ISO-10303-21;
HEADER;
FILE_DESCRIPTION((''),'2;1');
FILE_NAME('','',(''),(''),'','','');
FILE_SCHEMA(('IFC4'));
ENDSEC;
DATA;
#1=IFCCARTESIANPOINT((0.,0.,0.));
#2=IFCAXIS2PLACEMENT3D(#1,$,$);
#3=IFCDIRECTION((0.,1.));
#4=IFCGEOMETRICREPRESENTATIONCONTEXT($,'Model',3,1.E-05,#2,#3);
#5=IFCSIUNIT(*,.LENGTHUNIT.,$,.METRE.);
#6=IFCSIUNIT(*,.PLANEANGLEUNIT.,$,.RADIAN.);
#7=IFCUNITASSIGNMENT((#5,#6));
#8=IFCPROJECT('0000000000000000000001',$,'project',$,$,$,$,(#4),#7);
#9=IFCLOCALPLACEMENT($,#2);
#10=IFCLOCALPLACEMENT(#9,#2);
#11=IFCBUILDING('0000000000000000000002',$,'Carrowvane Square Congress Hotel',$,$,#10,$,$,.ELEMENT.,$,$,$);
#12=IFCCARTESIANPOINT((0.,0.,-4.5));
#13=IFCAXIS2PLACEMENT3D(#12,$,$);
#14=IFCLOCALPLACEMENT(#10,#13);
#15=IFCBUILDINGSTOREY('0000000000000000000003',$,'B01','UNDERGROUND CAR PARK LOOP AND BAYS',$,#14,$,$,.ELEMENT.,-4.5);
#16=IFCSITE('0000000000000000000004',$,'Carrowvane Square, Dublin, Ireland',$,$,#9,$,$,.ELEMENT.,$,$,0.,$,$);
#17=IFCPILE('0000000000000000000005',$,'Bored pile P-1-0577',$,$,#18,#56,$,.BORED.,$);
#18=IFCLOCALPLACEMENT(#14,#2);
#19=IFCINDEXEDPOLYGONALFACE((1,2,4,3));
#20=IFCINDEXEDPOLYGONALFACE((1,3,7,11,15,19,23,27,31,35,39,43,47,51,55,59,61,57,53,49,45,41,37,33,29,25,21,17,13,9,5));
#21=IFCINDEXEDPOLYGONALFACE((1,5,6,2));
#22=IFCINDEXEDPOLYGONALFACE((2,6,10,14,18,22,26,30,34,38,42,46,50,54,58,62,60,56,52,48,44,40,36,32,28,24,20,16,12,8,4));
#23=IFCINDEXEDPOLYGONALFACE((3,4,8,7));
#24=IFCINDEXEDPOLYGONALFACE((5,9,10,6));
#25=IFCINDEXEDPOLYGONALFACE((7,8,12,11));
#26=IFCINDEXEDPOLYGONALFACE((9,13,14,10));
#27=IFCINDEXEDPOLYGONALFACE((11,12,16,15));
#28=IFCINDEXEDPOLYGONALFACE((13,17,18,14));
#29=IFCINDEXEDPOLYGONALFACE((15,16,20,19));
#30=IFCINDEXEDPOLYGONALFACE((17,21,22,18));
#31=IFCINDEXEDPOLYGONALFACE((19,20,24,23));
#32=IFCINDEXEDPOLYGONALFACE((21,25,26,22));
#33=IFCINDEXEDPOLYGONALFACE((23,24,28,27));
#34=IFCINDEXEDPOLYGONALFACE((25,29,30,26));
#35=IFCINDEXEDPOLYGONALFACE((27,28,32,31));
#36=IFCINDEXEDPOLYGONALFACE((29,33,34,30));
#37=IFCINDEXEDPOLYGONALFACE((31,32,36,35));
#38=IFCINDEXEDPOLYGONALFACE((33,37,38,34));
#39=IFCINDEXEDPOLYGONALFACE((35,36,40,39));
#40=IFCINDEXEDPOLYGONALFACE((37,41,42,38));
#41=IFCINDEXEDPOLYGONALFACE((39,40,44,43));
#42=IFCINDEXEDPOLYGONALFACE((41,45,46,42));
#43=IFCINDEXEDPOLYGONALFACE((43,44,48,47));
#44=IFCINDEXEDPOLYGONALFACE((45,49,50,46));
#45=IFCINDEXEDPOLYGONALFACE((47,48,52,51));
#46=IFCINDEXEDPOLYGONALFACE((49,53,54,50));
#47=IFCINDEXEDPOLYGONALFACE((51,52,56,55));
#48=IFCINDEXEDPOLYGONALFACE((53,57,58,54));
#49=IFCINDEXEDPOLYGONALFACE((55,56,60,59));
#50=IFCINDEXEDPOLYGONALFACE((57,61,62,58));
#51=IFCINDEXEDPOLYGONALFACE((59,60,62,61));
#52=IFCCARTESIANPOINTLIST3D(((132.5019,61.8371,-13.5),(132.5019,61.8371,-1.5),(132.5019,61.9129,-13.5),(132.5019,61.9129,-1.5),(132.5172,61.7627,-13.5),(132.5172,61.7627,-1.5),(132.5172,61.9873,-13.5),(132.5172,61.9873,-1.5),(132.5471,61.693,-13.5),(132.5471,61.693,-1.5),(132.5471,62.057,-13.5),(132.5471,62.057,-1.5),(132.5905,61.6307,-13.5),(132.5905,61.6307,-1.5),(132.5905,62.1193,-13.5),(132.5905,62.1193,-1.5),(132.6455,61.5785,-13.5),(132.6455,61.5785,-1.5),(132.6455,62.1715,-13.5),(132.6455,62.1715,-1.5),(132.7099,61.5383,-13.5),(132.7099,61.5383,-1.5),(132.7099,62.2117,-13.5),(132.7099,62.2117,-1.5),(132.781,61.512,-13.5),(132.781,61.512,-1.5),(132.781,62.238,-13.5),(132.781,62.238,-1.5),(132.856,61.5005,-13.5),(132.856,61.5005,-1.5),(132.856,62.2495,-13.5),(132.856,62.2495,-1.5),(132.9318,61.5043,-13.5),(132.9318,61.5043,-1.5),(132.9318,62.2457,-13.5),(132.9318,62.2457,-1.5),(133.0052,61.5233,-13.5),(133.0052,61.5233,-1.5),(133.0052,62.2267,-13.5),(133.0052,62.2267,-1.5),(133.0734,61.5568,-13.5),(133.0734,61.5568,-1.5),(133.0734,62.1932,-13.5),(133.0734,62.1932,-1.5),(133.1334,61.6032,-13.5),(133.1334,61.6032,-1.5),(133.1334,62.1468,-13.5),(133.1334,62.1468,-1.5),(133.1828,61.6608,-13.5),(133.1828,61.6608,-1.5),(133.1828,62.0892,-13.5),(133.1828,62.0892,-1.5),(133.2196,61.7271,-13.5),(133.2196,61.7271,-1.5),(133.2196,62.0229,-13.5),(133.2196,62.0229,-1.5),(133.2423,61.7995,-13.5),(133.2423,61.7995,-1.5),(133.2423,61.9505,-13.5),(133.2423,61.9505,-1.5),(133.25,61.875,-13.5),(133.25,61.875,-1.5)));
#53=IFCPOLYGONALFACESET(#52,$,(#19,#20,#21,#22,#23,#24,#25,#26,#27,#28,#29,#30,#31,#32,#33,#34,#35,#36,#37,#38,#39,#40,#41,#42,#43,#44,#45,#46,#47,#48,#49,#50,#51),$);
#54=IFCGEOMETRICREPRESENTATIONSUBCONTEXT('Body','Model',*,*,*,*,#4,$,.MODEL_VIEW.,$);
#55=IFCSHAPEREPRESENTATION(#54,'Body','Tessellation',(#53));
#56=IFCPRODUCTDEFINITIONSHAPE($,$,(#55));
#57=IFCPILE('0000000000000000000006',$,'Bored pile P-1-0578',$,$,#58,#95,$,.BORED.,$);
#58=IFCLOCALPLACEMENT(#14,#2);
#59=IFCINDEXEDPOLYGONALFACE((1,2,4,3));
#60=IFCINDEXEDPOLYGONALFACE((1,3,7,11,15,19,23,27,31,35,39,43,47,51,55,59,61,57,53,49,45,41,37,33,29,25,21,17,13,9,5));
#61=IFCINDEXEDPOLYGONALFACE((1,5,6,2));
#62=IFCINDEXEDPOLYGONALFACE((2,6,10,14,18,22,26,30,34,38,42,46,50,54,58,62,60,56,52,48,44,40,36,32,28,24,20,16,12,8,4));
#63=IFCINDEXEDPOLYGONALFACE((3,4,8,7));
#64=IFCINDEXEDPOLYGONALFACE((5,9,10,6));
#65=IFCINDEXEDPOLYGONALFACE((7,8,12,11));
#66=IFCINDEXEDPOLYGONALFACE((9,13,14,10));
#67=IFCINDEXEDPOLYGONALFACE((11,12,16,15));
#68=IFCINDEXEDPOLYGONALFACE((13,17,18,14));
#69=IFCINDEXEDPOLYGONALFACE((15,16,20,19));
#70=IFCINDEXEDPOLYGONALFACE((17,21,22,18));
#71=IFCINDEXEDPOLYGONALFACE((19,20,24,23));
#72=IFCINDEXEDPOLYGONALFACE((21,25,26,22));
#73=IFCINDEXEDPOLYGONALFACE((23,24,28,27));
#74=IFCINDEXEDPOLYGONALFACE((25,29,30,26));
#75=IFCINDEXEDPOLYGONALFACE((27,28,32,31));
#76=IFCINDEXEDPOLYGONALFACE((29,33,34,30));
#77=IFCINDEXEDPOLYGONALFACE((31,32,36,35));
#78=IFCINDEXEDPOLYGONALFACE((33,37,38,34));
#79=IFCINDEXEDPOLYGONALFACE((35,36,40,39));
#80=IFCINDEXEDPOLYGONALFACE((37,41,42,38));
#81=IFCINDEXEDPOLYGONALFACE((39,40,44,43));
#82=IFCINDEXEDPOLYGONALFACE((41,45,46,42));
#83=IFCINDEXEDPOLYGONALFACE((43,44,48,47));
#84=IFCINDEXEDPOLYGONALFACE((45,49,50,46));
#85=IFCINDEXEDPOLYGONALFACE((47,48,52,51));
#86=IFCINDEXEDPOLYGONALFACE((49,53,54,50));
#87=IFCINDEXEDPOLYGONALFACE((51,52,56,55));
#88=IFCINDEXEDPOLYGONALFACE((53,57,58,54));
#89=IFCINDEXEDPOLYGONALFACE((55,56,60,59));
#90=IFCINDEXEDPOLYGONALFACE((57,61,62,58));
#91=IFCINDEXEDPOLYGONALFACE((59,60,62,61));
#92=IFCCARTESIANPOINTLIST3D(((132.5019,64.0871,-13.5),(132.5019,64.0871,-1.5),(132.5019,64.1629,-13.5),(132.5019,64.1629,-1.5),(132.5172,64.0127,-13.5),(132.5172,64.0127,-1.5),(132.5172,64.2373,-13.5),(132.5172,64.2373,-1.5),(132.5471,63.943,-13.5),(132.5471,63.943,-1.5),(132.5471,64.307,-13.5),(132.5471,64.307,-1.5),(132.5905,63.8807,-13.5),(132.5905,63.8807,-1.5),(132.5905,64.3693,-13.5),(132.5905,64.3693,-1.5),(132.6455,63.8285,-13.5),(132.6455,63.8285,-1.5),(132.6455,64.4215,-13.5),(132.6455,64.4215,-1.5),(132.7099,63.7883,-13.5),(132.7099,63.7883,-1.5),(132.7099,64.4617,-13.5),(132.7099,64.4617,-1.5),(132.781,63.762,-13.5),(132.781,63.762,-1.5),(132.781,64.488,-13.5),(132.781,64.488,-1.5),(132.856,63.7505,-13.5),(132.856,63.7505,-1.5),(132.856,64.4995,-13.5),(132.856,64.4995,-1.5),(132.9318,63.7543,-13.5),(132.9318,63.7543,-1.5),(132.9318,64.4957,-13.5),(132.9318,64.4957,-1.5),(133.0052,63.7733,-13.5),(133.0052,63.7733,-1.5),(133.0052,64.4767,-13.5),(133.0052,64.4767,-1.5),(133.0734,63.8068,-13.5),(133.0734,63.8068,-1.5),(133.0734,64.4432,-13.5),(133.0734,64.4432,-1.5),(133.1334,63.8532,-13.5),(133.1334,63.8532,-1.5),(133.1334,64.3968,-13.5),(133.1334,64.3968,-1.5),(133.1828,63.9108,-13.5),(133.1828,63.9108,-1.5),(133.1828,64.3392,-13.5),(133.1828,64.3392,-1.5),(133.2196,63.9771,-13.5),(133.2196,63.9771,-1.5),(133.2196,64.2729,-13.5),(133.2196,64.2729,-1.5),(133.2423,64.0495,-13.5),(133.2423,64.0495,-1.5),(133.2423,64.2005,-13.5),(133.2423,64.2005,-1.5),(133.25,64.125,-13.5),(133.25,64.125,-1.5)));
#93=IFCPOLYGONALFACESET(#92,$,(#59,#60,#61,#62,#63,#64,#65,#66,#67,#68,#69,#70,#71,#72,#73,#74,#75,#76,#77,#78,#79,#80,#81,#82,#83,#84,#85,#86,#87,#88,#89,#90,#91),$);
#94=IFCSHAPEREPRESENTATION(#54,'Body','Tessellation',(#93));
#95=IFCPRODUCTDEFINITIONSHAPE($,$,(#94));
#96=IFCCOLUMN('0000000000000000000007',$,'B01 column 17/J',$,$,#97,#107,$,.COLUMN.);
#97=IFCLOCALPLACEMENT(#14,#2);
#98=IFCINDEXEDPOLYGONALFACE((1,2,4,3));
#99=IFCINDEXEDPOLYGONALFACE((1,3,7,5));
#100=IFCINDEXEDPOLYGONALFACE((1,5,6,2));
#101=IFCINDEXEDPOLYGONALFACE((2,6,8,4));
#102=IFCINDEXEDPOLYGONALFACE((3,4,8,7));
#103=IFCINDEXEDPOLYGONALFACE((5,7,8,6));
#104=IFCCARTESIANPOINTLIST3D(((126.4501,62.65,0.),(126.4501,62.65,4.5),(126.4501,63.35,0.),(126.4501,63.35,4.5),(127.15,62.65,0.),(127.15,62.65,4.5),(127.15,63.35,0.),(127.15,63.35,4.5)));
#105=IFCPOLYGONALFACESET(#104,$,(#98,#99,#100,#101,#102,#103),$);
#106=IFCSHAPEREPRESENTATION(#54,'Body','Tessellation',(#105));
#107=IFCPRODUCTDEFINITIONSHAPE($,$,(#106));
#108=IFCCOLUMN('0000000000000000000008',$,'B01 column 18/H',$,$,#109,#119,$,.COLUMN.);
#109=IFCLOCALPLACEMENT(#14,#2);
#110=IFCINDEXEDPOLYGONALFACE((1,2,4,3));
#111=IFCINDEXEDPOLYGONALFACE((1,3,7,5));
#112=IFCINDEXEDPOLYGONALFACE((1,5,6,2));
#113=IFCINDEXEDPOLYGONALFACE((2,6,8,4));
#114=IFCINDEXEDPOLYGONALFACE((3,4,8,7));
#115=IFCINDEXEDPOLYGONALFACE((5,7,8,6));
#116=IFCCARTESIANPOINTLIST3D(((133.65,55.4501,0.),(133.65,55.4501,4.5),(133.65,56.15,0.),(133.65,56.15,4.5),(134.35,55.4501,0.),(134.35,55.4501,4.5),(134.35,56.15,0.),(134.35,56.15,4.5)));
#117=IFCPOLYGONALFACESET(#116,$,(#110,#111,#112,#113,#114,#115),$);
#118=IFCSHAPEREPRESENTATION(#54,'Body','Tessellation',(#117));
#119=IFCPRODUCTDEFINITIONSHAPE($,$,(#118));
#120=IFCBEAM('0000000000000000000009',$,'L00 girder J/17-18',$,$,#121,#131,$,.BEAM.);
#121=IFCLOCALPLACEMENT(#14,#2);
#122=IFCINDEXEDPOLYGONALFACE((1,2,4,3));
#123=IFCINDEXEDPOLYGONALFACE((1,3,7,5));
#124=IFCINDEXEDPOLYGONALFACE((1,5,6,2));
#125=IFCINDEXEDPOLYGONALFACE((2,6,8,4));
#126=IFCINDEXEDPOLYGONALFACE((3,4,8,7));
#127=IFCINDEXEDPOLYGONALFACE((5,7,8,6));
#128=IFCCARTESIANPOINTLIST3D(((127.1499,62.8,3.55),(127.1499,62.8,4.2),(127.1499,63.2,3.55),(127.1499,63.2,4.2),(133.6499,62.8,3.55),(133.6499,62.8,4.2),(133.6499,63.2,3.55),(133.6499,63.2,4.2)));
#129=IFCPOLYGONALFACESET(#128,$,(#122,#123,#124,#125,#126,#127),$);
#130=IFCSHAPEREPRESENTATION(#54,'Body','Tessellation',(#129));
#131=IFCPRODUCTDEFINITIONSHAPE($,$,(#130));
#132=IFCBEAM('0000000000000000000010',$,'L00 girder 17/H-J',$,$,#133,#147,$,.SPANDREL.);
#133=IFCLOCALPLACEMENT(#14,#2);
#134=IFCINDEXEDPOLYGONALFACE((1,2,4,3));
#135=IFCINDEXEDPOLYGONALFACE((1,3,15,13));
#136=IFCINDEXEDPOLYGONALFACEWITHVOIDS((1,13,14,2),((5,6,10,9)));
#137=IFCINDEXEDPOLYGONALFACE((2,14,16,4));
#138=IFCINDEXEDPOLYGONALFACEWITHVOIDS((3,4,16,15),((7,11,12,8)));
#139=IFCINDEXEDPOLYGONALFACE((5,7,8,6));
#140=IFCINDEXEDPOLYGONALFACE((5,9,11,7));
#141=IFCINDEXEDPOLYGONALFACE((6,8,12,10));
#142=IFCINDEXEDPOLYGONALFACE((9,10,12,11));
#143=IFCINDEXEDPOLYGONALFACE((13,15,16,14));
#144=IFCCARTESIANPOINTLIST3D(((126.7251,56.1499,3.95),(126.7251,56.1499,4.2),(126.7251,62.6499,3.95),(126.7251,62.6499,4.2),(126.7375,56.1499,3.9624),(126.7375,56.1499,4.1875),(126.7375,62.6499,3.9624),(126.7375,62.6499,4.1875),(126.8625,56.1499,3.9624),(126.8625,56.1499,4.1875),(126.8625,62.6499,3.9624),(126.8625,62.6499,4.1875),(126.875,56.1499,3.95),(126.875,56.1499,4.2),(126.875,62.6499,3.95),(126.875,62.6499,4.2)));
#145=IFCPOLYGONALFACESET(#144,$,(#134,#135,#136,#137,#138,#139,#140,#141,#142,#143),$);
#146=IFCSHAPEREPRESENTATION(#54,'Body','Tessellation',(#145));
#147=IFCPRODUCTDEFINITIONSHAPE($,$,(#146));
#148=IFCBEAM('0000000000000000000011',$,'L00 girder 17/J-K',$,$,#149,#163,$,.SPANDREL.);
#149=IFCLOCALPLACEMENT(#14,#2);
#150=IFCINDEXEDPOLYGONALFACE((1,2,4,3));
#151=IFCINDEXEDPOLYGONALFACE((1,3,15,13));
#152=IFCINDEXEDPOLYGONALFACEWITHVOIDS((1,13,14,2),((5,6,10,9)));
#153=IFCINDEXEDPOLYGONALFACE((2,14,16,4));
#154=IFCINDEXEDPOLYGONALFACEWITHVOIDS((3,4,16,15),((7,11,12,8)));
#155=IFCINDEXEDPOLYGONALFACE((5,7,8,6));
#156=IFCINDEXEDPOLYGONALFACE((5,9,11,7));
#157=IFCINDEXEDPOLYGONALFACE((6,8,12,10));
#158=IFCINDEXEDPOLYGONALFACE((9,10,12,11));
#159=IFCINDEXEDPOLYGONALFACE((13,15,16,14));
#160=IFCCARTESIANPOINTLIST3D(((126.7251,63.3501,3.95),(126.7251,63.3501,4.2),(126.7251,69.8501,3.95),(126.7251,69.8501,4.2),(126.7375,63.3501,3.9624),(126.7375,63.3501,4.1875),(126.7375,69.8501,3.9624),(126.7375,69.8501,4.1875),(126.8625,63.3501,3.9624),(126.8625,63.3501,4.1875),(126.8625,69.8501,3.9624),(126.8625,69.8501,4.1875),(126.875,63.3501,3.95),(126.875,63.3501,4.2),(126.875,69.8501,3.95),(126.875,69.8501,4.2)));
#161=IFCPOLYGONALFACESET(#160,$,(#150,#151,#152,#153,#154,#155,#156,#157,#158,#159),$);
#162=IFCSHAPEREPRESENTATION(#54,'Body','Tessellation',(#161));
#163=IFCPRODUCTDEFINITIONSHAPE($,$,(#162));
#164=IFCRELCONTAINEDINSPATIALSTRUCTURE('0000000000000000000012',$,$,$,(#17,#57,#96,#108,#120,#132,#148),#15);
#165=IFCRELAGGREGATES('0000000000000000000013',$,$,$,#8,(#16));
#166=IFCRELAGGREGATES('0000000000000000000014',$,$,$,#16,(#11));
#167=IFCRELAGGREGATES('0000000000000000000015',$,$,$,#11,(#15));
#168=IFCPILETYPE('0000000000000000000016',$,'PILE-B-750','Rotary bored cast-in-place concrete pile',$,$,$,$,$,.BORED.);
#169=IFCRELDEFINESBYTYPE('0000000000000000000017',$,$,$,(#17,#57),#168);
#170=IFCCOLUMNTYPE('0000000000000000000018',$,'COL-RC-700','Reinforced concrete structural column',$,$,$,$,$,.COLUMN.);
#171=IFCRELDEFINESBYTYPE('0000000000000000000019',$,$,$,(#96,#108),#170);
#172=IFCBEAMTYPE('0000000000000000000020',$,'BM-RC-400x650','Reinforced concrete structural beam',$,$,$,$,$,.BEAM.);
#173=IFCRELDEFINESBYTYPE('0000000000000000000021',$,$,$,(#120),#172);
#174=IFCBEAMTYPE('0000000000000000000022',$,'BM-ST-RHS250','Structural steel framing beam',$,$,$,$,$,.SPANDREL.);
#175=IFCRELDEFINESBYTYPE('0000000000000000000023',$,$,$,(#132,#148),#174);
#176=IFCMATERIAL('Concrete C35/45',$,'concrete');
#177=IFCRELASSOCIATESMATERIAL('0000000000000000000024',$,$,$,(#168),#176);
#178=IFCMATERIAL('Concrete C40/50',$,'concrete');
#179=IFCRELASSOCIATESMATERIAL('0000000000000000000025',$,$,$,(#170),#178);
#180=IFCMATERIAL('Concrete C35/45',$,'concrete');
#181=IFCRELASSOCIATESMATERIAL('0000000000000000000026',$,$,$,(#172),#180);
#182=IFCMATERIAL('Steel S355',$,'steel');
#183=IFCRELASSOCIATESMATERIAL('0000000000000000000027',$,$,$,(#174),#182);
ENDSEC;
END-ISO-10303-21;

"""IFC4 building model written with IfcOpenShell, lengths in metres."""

from ifc_helpers import new_model, si_unit, direction, frame, origin, origin_2d, place, context, subcontext, project, spatial, rectangle, hollow_rectangle, circle, extrude, material, material_profile, profile_set, type_object, element, save


model = new_model("IFC4")

# Units and contexts
model_context = context("Model", 3, precision=1e-05, world=origin(), true_north=direction((0.0, 1.0)))
body_context = subcontext(model_context, "Body", "Model", "MODEL_VIEW")
ifc_project = project(units=[si_unit("LENGTHUNIT", "METRE"), si_unit("PLANEANGLEUNIT", "RADIAN")], contexts=[model_context])

# Site, building, storey
site_placement = place(None, origin())
site = spatial("IfcSite", under=ifc_project, at=site_placement, Name="Carrowvane Square, Dublin, Ireland", CompositionType="ELEMENT", RefElevation=0.0)
building_placement = place(site_placement, origin())
building = spatial("IfcBuilding", under=site, at=building_placement, Name="Carrowvane Square Congress Hotel", CompositionType="ELEMENT")
storey_placement = place(building_placement, frame((0.0, 0.0, -4.5)))
storey = spatial("IfcBuildingStorey", under=building, at=storey_placement, Name="B01", Description="UNDERGROUND CAR PARK LOOP AND BAYS", CompositionType="ELEMENT", Elevation=-4.5)

# Piles
ifc_material_1 = material(Name="Concrete C35/45", Category="concrete")
ifc_material_profile_1 = material_profile(ifc_material_1, circle(Radius=0.375, at=origin_2d()), Name="PILE D750")
ifc_profile_set_1 = profile_set([ifc_material_profile_1], Name="Concrete C35/45")
pile_type = type_object("IfcPileType", Name="PILE-B-750", Description="Rotary bored cast-in-place concrete pile", PredefinedType="BORED", material=ifc_profile_set_1)
for number, where, z_axis, x_axis, name in (
    (1, (132.875, 61.875, -1.5), (0.0, 0.0, -1.0), (1.0, 0.0, 0.0), "Bored pile P-1-0577"),
    (2, (132.875, 64.125, -1.5), (0.0, 0.0, -1.0), (1.0, 0.0, 0.0), "Bored pile P-1-0578"),
):
    element("IfcPile", number, at=place(storey_placement, frame(where, z_axis=z_axis, x_axis=x_axis)), inside=storey, type_object=pile_type, Name=name, PredefinedType="BORED", context=body_context, shape_type="SweptSolid", body=[
        extrude(circle(Radius=0.375, at=origin_2d()), origin(), (0.0, 0.0, 1.0), 12.0),
    ])

# Columns
ifc_material_2 = material(Name="Concrete C40/50", Category="concrete")
ifc_material_profile_2 = material_profile(ifc_material_2, rectangle(XDim=0.7, YDim=0.7, at=origin_2d()), Name="RC 700x700")
ifc_profile_set_2 = profile_set([ifc_material_profile_2], Name="Concrete C40/50")
column_type = type_object("IfcColumnType", Name="COL-RC-700", Description="Reinforced concrete structural column", PredefinedType="COLUMN", material=ifc_profile_set_2)
for number, where, z_axis, x_axis, name in (
    (3, (126.8, 63.0, 0.0), (0.0, 0.0, 1.0), (1.0, 0.0, 0.0), "B01 column 17/J"),
    (4, (134.0, 55.8, 0.0), (0.0, 0.0, 1.0), (1.0, 0.0, 0.0), "B01 column 18/H"),
):
    element("IfcColumn", number, at=place(storey_placement, frame(where, z_axis=z_axis, x_axis=x_axis)), inside=storey, type_object=column_type, Name=name, PredefinedType="COLUMN", context=body_context, shape_type="SweptSolid", body=[
        extrude(rectangle(XDim=0.7, YDim=0.7, at=origin_2d()), origin(), (0.0, 0.0, 1.0), 4.5),
    ])

# Beams
ifc_material_3 = material(Name="Concrete C35/45", Category="concrete")
ifc_material_profile_3 = material_profile(ifc_material_3, rectangle(XDim=0.3999, YDim=0.6499, at=origin_2d()), Name="RC 400x650")
ifc_profile_set_3 = profile_set([ifc_material_profile_3], Name="Concrete C35/45")
beam_type_1 = type_object("IfcBeamType", Name="BM-RC-400x650", Description="Reinforced concrete structural beam", PredefinedType="BEAM", material=ifc_profile_set_3)
beam_1_placement = place(storey_placement, frame((127.1499, 63.0, 3.875), z_axis=(1.0, 0.0, 0.0), x_axis=(0.0, 1.0, 0.0)))
element("IfcBeam", 5, at=beam_1_placement, inside=storey, type_object=beam_type_1, Name="L00 girder J/17-18", PredefinedType="BEAM", context=body_context, shape_type="SweptSolid", body=[
    extrude(rectangle(XDim=0.3999, YDim=0.6499, at=origin_2d()), origin(), (0.0, 0.0, 1.0), 6.5),
])
ifc_material_4 = material(Name="Steel S355", Category="steel")
ifc_material_profile_4 = material_profile(ifc_material_4, hollow_rectangle(XDim=0.1499, YDim=0.25, WallThickness=0.0125, at=origin_2d()), Name="RHS 250x150x12.5")
ifc_profile_set_4 = profile_set([ifc_material_profile_4], Name="Steel S355")
beam_type_2 = type_object("IfcBeamType", Name="BM-ST-RHS250", Description="Structural steel framing beam", PredefinedType="SPANDREL", material=ifc_profile_set_4)
for number, where, z_axis, x_axis, name in (
    (6, (126.8, 56.1499, 4.075), (0.0, 1.0, 0.0), (-1.0, 0.0, 0.0), "L00 girder 17/H-J"),
    (7, (126.8, 63.3501, 4.075), (0.0, 1.0, 0.0), (-1.0, 0.0, 0.0), "L00 girder 17/J-K"),
):
    element("IfcBeam", number, at=place(storey_placement, frame(where, z_axis=z_axis, x_axis=x_axis)), inside=storey, type_object=beam_type_2, Name=name, PredefinedType="SPANDREL", context=body_context, shape_type="SweptSolid", body=[
        extrude(hollow_rectangle(XDim=0.1499, YDim=0.25, WallThickness=0.0125, at=origin_2d()), origin(), (0.0, 0.0, 1.0), 6.5),
    ])

save(model, "model.ifc")
